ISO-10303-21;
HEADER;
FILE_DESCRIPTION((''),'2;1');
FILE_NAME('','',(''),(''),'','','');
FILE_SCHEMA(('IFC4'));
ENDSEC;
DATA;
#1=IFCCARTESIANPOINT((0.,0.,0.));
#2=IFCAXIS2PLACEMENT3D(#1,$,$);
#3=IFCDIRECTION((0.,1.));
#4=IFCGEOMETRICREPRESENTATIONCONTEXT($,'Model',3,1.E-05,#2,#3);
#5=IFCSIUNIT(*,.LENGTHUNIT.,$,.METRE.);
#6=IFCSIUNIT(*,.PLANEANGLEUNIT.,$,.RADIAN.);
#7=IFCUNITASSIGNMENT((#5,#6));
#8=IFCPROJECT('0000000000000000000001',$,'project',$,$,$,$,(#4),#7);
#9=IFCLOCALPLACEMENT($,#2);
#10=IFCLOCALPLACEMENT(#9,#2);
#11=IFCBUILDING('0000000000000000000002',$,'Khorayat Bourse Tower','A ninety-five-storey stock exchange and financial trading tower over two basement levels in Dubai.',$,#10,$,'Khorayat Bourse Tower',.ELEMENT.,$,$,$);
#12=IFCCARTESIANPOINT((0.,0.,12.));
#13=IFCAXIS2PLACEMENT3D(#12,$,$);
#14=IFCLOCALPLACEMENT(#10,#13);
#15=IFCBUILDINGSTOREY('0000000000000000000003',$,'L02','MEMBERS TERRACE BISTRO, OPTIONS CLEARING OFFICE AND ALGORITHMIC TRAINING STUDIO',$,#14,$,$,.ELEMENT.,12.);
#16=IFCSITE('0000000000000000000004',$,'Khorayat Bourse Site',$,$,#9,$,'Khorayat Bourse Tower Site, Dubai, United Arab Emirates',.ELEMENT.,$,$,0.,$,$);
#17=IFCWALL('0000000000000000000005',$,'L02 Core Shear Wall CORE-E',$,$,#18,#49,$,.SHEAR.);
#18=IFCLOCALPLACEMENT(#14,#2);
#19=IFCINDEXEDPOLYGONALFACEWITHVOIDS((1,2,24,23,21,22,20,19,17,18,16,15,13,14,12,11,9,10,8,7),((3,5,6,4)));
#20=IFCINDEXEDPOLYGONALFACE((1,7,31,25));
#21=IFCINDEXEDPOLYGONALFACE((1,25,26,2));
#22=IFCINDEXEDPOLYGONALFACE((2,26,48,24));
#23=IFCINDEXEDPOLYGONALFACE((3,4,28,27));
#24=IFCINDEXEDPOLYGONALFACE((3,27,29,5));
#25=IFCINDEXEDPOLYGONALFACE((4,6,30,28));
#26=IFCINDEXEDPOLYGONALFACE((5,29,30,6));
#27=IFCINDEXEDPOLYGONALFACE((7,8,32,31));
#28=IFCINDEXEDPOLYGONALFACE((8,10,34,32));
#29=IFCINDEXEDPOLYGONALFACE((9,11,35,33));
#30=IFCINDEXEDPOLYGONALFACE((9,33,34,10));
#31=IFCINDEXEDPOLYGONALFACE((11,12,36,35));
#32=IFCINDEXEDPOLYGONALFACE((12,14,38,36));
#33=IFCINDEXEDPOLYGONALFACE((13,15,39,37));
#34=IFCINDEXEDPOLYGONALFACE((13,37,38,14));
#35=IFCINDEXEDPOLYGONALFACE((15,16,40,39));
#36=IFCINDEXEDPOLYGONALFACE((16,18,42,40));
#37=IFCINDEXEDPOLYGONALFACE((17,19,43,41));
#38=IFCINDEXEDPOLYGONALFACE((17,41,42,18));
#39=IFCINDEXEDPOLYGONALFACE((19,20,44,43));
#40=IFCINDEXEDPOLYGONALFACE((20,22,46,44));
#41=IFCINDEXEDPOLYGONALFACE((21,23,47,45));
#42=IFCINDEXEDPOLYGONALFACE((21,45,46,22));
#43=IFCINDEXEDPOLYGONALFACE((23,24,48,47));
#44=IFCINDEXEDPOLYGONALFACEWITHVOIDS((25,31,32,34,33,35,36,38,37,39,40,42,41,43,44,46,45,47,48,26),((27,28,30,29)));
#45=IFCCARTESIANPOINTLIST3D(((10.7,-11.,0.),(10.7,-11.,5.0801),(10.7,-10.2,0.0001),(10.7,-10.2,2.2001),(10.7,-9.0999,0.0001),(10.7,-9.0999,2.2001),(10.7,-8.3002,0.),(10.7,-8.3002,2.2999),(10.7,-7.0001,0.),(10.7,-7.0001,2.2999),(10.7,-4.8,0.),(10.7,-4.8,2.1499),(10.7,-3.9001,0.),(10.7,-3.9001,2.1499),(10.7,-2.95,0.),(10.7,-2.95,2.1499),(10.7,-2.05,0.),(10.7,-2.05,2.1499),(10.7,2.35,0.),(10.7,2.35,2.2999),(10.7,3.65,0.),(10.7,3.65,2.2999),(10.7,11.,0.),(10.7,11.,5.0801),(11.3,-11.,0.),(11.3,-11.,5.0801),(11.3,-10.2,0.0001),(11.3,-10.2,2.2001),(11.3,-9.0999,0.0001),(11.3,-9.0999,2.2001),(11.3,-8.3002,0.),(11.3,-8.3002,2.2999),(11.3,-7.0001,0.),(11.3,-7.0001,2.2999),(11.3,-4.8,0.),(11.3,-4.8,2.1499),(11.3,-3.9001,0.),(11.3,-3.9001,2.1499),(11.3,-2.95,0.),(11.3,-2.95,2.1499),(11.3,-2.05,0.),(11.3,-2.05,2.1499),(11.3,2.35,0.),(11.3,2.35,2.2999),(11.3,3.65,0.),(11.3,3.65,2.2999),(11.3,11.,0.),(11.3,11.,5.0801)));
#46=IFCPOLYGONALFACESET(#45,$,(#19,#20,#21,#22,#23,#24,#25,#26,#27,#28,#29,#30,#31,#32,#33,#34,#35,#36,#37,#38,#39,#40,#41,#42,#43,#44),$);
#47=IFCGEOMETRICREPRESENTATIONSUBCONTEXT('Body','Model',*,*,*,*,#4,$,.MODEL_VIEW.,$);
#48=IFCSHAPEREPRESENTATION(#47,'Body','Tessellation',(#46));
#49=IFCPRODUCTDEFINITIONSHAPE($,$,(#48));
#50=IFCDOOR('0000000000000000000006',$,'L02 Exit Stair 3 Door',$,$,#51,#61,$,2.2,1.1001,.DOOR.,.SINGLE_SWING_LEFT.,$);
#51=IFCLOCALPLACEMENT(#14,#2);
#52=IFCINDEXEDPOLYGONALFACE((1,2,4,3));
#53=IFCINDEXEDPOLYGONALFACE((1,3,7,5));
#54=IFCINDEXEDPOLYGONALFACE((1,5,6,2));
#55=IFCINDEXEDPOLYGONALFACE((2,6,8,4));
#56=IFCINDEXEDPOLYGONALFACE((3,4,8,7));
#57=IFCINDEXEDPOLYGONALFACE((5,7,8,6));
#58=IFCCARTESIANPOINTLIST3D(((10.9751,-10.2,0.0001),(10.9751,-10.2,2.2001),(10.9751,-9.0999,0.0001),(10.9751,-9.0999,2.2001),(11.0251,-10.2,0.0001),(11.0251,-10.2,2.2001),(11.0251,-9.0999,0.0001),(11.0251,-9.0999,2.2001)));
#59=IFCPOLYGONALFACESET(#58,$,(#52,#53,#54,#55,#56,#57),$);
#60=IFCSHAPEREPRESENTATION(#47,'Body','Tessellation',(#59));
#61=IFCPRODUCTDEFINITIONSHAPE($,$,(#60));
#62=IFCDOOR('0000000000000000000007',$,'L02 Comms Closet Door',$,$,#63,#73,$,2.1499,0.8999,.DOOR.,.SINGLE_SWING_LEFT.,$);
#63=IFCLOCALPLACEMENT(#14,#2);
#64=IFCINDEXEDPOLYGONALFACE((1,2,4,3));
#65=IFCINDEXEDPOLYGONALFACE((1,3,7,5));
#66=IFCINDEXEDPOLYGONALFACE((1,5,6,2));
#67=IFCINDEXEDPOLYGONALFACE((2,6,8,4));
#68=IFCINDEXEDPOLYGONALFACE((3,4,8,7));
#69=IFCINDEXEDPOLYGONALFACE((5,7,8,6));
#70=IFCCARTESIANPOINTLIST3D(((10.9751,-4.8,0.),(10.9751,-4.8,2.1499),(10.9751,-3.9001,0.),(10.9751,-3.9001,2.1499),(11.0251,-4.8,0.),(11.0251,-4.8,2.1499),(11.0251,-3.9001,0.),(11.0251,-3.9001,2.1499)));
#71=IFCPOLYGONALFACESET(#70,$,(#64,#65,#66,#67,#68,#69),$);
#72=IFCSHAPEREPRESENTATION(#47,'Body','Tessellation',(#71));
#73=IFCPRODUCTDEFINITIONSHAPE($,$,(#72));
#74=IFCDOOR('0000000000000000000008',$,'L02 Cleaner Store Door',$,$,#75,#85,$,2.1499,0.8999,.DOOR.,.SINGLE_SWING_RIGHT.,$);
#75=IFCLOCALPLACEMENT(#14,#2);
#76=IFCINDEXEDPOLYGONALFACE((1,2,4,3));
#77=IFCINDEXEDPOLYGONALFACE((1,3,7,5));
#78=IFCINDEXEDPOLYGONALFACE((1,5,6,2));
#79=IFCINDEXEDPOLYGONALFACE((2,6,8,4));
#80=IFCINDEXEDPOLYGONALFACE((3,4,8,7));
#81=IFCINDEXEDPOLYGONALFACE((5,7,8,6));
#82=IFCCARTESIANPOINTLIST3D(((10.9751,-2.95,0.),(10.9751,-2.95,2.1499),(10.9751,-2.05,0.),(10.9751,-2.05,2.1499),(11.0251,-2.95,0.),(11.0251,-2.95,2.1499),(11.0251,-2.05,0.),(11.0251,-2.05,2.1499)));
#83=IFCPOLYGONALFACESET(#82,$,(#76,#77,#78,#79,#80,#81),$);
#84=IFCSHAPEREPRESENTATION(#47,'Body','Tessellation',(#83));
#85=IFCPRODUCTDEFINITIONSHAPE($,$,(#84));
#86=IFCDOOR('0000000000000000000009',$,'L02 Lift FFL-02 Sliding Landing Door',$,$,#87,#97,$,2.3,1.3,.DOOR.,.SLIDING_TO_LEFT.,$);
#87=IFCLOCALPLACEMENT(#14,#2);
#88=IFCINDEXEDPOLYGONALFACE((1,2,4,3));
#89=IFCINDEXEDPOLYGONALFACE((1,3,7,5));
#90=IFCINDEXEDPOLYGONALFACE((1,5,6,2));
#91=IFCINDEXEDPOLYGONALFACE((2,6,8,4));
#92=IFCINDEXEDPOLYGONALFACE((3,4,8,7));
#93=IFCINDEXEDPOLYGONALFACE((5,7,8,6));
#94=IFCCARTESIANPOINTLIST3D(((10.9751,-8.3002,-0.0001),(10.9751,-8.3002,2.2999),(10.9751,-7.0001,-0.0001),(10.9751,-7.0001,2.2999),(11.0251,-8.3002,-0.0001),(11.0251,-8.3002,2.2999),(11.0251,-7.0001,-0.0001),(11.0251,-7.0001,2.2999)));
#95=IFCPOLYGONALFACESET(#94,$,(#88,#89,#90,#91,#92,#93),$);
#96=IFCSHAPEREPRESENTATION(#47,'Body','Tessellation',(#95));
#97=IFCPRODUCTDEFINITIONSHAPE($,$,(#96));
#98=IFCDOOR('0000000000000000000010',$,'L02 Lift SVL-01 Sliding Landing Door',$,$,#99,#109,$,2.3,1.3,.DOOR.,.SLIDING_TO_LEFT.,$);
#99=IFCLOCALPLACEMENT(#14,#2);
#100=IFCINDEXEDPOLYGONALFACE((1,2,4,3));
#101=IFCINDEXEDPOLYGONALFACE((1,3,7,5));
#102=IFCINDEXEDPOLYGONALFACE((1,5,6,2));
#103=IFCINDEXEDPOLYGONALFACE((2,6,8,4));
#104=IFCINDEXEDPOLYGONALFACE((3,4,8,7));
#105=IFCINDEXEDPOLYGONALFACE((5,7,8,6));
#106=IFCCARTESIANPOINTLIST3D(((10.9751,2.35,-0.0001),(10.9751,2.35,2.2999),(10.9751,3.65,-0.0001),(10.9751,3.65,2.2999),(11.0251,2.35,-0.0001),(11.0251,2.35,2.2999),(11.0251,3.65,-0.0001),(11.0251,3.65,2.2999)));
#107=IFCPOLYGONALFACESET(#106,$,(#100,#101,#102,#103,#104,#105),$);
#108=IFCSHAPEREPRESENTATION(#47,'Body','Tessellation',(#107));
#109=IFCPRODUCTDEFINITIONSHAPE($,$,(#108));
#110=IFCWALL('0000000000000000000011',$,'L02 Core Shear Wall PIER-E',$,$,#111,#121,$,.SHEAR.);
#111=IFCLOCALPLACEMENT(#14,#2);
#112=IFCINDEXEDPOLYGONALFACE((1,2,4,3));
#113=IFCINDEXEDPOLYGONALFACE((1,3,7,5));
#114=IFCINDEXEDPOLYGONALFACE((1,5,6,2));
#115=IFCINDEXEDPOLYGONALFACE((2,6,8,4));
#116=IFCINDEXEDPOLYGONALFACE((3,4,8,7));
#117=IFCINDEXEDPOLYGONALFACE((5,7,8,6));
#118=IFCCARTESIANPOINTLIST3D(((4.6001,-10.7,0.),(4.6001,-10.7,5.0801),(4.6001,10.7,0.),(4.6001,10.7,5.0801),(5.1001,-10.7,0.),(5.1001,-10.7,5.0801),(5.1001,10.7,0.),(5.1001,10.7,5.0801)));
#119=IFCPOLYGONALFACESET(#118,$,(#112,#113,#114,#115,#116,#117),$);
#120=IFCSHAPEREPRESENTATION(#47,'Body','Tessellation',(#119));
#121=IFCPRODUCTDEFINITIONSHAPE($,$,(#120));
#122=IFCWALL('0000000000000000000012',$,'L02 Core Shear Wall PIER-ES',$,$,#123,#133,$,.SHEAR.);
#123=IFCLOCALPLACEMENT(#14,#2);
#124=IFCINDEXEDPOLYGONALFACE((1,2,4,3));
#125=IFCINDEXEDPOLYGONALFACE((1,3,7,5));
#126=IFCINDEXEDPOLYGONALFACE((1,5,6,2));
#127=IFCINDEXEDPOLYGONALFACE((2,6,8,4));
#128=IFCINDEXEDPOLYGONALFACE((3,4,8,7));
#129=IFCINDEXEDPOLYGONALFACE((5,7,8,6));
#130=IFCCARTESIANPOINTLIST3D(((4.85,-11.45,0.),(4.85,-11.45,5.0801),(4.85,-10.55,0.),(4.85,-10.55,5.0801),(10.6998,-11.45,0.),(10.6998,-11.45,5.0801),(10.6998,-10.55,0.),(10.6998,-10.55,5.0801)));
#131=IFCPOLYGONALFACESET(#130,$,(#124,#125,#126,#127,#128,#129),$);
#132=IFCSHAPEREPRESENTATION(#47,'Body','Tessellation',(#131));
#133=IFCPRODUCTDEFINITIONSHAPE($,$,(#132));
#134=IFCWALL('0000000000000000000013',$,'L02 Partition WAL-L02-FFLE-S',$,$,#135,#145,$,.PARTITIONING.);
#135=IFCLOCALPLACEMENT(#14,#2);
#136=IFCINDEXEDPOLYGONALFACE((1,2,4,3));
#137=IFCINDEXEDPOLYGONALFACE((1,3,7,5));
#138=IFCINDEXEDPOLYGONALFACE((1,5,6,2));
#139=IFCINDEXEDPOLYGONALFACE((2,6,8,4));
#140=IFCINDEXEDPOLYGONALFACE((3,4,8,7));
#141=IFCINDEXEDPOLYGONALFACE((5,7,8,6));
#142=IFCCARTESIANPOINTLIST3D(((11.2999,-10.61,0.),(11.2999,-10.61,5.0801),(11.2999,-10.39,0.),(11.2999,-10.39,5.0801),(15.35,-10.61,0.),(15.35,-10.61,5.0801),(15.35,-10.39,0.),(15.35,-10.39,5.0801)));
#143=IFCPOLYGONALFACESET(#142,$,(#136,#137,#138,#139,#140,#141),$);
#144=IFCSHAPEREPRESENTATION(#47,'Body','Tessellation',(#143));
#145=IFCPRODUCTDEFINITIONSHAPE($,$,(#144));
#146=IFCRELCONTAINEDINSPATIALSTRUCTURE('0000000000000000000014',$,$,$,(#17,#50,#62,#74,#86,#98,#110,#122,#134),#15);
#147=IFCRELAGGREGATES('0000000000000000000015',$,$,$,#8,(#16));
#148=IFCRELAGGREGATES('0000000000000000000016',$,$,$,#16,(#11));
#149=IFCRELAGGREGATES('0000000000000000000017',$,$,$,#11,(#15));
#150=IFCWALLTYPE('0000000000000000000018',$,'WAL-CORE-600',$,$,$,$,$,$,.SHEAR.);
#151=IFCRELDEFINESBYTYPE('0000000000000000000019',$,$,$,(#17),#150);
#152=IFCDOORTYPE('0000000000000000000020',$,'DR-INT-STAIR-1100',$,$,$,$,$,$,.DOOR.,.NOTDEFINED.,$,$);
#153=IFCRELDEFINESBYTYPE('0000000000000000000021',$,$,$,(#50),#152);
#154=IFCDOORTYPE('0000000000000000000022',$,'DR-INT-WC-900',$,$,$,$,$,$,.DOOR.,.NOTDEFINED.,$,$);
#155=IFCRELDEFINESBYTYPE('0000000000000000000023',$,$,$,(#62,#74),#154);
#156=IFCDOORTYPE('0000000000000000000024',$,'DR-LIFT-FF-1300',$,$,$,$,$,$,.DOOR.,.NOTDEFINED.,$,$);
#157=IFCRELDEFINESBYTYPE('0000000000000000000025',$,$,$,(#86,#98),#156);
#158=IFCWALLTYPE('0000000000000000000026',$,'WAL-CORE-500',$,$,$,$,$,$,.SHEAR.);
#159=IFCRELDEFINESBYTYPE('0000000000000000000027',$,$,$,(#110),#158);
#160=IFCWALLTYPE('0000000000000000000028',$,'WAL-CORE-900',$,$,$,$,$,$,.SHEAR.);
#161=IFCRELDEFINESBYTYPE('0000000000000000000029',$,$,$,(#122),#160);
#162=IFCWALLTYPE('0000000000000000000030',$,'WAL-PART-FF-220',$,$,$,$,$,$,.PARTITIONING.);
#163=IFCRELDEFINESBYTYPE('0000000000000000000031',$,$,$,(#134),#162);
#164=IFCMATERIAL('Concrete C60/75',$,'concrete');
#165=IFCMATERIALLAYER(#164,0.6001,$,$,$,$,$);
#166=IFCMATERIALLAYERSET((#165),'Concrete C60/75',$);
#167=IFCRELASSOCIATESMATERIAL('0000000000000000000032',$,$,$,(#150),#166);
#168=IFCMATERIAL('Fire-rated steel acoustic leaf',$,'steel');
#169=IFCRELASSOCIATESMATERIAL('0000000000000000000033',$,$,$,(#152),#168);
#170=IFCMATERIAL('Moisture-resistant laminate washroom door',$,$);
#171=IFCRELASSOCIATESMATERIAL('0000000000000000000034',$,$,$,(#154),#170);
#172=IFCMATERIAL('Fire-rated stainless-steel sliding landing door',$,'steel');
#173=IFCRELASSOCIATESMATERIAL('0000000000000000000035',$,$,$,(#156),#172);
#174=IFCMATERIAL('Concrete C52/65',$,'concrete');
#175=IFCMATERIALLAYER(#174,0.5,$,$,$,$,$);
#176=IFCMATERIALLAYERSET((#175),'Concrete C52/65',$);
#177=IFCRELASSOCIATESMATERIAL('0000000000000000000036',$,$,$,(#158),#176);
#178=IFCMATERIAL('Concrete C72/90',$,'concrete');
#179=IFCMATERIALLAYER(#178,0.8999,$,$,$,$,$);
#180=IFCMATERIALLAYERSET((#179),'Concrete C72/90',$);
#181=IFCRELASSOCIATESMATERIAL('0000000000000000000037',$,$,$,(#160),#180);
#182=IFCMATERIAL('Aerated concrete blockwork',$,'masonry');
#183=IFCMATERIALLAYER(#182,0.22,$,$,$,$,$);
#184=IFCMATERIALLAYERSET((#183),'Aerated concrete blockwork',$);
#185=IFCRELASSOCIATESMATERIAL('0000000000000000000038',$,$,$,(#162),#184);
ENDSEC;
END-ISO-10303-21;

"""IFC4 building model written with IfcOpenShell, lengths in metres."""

from ifc_helpers import new_model, si_unit, direction, frame, frame_2d, origin, place, context, subcontext, project, spatial, rectangle, extrude, source, transform, mapped, material, layer, layer_set, type_object, element, fill, save


model = new_model("IFC4")

# Units and contexts
model_context = context("Model", 3, precision=1e-05, world=origin(), true_north=direction((0.0, 1.0)))
body_context = subcontext(model_context, "Body", "Model", "MODEL_VIEW")
ifc_project = project(units=[si_unit("LENGTHUNIT", "METRE"), si_unit("PLANEANGLEUNIT", "RADIAN")], contexts=[model_context])

# Site, building, storey
site_placement = place(None, origin())
site = spatial("IfcSite", under=ifc_project, at=site_placement, Name="Khorayat Bourse Site", LongName="Khorayat Bourse Tower Site, Dubai, United Arab Emirates", CompositionType="ELEMENT", RefElevation=0.0)
building_placement = place(site_placement, origin())
building = spatial("IfcBuilding", under=site, at=building_placement, Name="Khorayat Bourse Tower", Description="A ninety-five-storey stock exchange and financial trading tower over two basement levels in Dubai.", LongName="Khorayat Bourse Tower", CompositionType="ELEMENT")
storey_placement = place(building_placement, frame((0.0, 0.0, 12.0)))
storey = spatial("IfcBuildingStorey", under=building, at=storey_placement, Name="L02", Description="MEMBERS TERRACE BISTRO, OPTIONS CLEARING OFFICE AND ALGORITHMIC TRAINING STUDIO", CompositionType="ELEMENT", Elevation=12.0)

# Shared definitions
ifc_material_1 = material(Name="Concrete C72/90", Category="concrete")

# Wall, openings, doors
ifc_material_2 = material(Name="Concrete C60/75", Category="concrete")
ifc_layer_1 = layer(ifc_material_2, 0.6001)
ifc_layer_set_1 = layer_set([ifc_layer_1], Name="Concrete C60/75")
wall_type_1 = type_object("IfcWallType", Name="WAL-CORE-600", PredefinedType="SHEAR", material=ifc_layer_set_1)
shared_shape_1 = source(origin(), body_context, "Body", "SweptSolid", [
    extrude(rectangle(XDim=22.0, YDim=0.6001, at=frame_2d((11.0, 0.0))), origin(), (0.0, 0.0, 1.0), 5.0801),
])
wall_1_placement = place(storey_placement, frame((11.0, -11.0, 0.0), z_axis=(0.0, 0.0, 1.0), x_axis=(0.0, 1.0, 0.0)))
wall_1 = element("IfcWall", 1, at=wall_1_placement, inside=storey, type_object=wall_type_1, Name="L02 Core Shear Wall CORE-E", PredefinedType="SHEAR", context=body_context, shape_type="MappedRepresentation", body=[
    mapped(shared_shape_1, transform((0.0, 0.0, 0.0), scale=1.0)),
])
shared_shape_2 = source(origin(), body_context, "Body", "SweptSolid", [
    extrude(rectangle(XDim=1.1001, YDim=2.2, at=frame_2d((0.55, 1.1001))), frame((0.0, 0.3101, 0.0), z_axis=(0.0, -1.0, 0.0), x_axis=(1.0, 0.0, 0.0)), (0.0, 0.0, 1.0), 0.6201),
])
opening_1_placement = place(wall_1_placement, frame((0.8, 0.0, 0.0)))
opening_1 = element("IfcOpeningElement", 2, at=opening_1_placement, cuts=wall_1, PredefinedType="OPENING", context=body_context, shape_type="MappedRepresentation", body=[
    mapped(shared_shape_2, transform((0.0, 0.0, 0.0), scale=1.0)),
])
shared_shape_3 = source(origin(), body_context, "Body", "SweptSolid", [
    extrude(rectangle(XDim=0.8999, YDim=2.1499, at=frame_2d((0.45, 1.075))), frame((0.0, 0.3101, 0.0), z_axis=(0.0, -1.0, 0.0), x_axis=(1.0, 0.0, 0.0)), (0.0, 0.0, 1.0), 0.6201),
])
opening_2_placement = place(wall_1_placement, frame((6.2, 0.0, 0.0)))
opening_2 = element("IfcOpeningElement", 3, at=opening_2_placement, cuts=wall_1, PredefinedType="OPENING", context=body_context, shape_type="MappedRepresentation", body=[
    mapped(shared_shape_3, transform((0.0, 0.0, 0.0), scale=1.0)),
])
opening_3_placement = place(wall_1_placement, frame((8.05, 0.0, 0.0)))
opening_3 = element("IfcOpeningElement", 4, at=opening_3_placement, cuts=wall_1, PredefinedType="OPENING", context=body_context, shape_type="MappedRepresentation", body=[
    mapped(shared_shape_3, transform((0.0, 0.0, 0.0), scale=1.0)),
])
shared_shape_4 = source(origin(), body_context, "Body", "SweptSolid", [
    extrude(rectangle(XDim=1.3, YDim=2.3, at=frame_2d((0.6499, 1.1499))), frame((0.0, 0.3101, 0.0), z_axis=(0.0, -1.0, 0.0), x_axis=(1.0, 0.0, 0.0)), (0.0, 0.0, 1.0), 0.6201),
])
opening_4_placement = place(wall_1_placement, frame((2.7, 0.0, 0.0)))
opening_4 = element("IfcOpeningElement", 5, at=opening_4_placement, cuts=wall_1, PredefinedType="OPENING", context=body_context, shape_type="MappedRepresentation", body=[
    mapped(shared_shape_4, transform((0.0, 0.0, 0.0), scale=1.0)),
])
opening_5_placement = place(wall_1_placement, frame((13.3501, 0.0, 0.0)))
opening_5 = element("IfcOpeningElement", 6, at=opening_5_placement, cuts=wall_1, PredefinedType="OPENING", context=body_context, shape_type="MappedRepresentation", body=[
    mapped(shared_shape_4, transform((0.0, 0.0, 0.0), scale=1.0)),
])
ifc_material_3 = material(Name="Fire-rated steel acoustic leaf", Category="steel")
door_type_1 = type_object("IfcDoorType", Name="DR-INT-STAIR-1100", OperationType="NOTDEFINED", PredefinedType="DOOR", material=ifc_material_3)
shared_shape_5 = source(origin(), body_context, "Body", "SweptSolid", [
    extrude(rectangle(XDim=1.1001, YDim=2.2, at=frame_2d((0.55, 1.1001))), frame((0.0, 0.0249, 0.0), z_axis=(0.0, -1.0, 0.0), x_axis=(1.0, 0.0, 0.0)), (0.0, 0.0, 1.0), 0.05),
])
door_1_placement = place(opening_1_placement, origin())
door_1 = element("IfcDoor", 7, at=door_1_placement, inside=storey, type_object=door_type_1, Name="L02 Exit Stair 3 Door", OperationType="SINGLE_SWING_LEFT", OverallHeight=2.2, OverallWidth=1.1001, PredefinedType="DOOR", context=body_context, shape_type="MappedRepresentation", body=[
    mapped(shared_shape_5, transform((0.0, 0.0, 0.0), scale=1.0)),
])
fill(opening_1, door_1)
ifc_material_4 = material(Name="Moisture-resistant laminate washroom door")
door_type_2 = type_object("IfcDoorType", Name="DR-INT-WC-900", OperationType="NOTDEFINED", PredefinedType="DOOR", material=ifc_material_4)
shared_shape_6 = source(origin(), body_context, "Body", "SweptSolid", [
    extrude(rectangle(XDim=0.8999, YDim=2.1499, at=frame_2d((0.45, 1.075))), frame((0.0, 0.0249, 0.0), z_axis=(0.0, -1.0, 0.0), x_axis=(1.0, 0.0, 0.0)), (0.0, 0.0, 1.0), 0.05),
])
door_2_placement = place(opening_2_placement, origin())
door_2 = element("IfcDoor", 8, at=door_2_placement, inside=storey, type_object=door_type_2, Name="L02 Comms Closet Door", OperationType="SINGLE_SWING_LEFT", OverallHeight=2.1499, OverallWidth=0.8999, PredefinedType="DOOR", context=body_context, shape_type="MappedRepresentation", body=[
    mapped(shared_shape_6, transform((0.0, 0.0, 0.0), scale=1.0)),
])
fill(opening_2, door_2)
door_3_placement = place(opening_3_placement, origin())
door_3 = element("IfcDoor", 9, at=door_3_placement, inside=storey, type_object=door_type_2, Name="L02 Cleaner Store Door", OperationType="SINGLE_SWING_RIGHT", OverallHeight=2.1499, OverallWidth=0.8999, PredefinedType="DOOR", context=body_context, shape_type="MappedRepresentation", body=[
    mapped(shared_shape_6, transform((0.0, 0.0, 0.0), scale=1.0)),
])
fill(opening_3, door_3)
ifc_material_5 = material(Name="Fire-rated stainless-steel sliding landing door", Category="steel")
door_type_3 = type_object("IfcDoorType", Name="DR-LIFT-FF-1300", OperationType="NOTDEFINED", PredefinedType="DOOR", material=ifc_material_5)
shared_shape_7 = source(origin(), body_context, "Body", "SweptSolid", [
    extrude(rectangle(XDim=1.3, YDim=2.3, at=frame_2d((0.6499, 1.1499))), frame((0.0, 0.0249, 0.0), z_axis=(0.0, -1.0, 0.0), x_axis=(1.0, 0.0, 0.0)), (0.0, 0.0, 1.0), 0.05),
])
door_4_placement = place(opening_4_placement, origin())
door_4 = element("IfcDoor", 10, at=door_4_placement, inside=storey, type_object=door_type_3, Name="L02 Lift FFL-02 Sliding Landing Door", OperationType="SLIDING_TO_LEFT", OverallHeight=2.3, OverallWidth=1.3, PredefinedType="DOOR", context=body_context, shape_type="MappedRepresentation", body=[
    mapped(shared_shape_7, transform((0.0, 0.0, 0.0), scale=1.0)),
])
fill(opening_4, door_4)
door_5_placement = place(opening_5_placement, origin())
door_5 = element("IfcDoor", 11, at=door_5_placement, inside=storey, type_object=door_type_3, Name="L02 Lift SVL-01 Sliding Landing Door", OperationType="SLIDING_TO_LEFT", OverallHeight=2.3, OverallWidth=1.3, PredefinedType="DOOR", context=body_context, shape_type="MappedRepresentation", body=[
    mapped(shared_shape_7, transform((0.0, 0.0, 0.0), scale=1.0)),
])
fill(opening_5, door_5)

# Walls
ifc_material_6 = material(Name="Concrete C52/65", Category="concrete")
ifc_layer_2 = layer(ifc_material_6, 0.5)
ifc_layer_set_2 = layer_set([ifc_layer_2], Name="Concrete C52/65")
wall_type_2 = type_object("IfcWallType", Name="WAL-CORE-500", PredefinedType="SHEAR", material=ifc_layer_set_2)
shared_shape_8 = source(origin(), body_context, "Body", "SweptSolid", [
    extrude(rectangle(XDim=21.3999, YDim=0.5, at=frame_2d((10.7, 0.0))), origin(), (0.0, 0.0, 1.0), 5.0801),
])
wall_2_placement = place(storey_placement, frame((4.8501, -10.7, 0.0), z_axis=(0.0, 0.0, 1.0), x_axis=(0.0, 1.0, 0.0)))
element("IfcWall", 12, at=wall_2_placement, inside=storey, type_object=wall_type_2, Name="L02 Core Shear Wall PIER-E", PredefinedType="SHEAR", context=body_context, shape_type="MappedRepresentation", body=[
    mapped(shared_shape_8, transform((0.0, 0.0, 0.0), scale=1.0)),
])
ifc_layer_3 = layer(ifc_material_1, 0.8999)
ifc_layer_set_3 = layer_set([ifc_layer_3], Name="Concrete C72/90")
wall_type_3 = type_object("IfcWallType", Name="WAL-CORE-900", PredefinedType="SHEAR", material=ifc_layer_set_3)
shared_shape_9 = source(origin(), body_context, "Body", "SweptSolid", [
    extrude(rectangle(XDim=5.8499, YDim=0.8999, at=frame_2d((2.9248, 0.0))), origin(), (0.0, 0.0, 1.0), 5.0801),
])
wall_3_placement = place(storey_placement, frame((4.8501, -11.0, 0.0), z_axis=(0.0, 0.0, 1.0), x_axis=(1.0, 0.0, 0.0)))
element("IfcWall", 13, at=wall_3_placement, inside=storey, type_object=wall_type_3, Name="L02 Core Shear Wall PIER-ES", PredefinedType="SHEAR", context=body_context, shape_type="MappedRepresentation", body=[
    mapped(shared_shape_9, transform((0.0, 0.0, 0.0), scale=1.0)),
])
ifc_material_7 = material(Name="Aerated concrete blockwork", Category="masonry")
ifc_layer_4 = layer(ifc_material_7, 0.22)
ifc_layer_set_4 = layer_set([ifc_layer_4], Name="Aerated concrete blockwork")
wall_type_4 = type_object("IfcWallType", Name="WAL-PART-FF-220", PredefinedType="PARTITIONING", material=ifc_layer_set_4)
shared_shape_10 = source(origin(), body_context, "Body", "SweptSolid", [
    extrude(rectangle(XDim=4.05, YDim=0.22, at=frame_2d((2.0249, 0.0))), origin(), (0.0, 0.0, 1.0), 5.0801),
])
wall_4_placement = place(storey_placement, frame((11.3, -10.5, 0.0), z_axis=(0.0, 0.0, 1.0), x_axis=(1.0, 0.0, 0.0)))
element("IfcWall", 14, at=wall_4_placement, inside=storey, type_object=wall_type_4, Name="L02 Partition WAL-L02-FFLE-S", PredefinedType="PARTITIONING", context=body_context, shape_type="MappedRepresentation", body=[
    mapped(shared_shape_10, transform((0.0, 0.0, 0.0), scale=1.0)),
])

save(model, "model.ifc")
